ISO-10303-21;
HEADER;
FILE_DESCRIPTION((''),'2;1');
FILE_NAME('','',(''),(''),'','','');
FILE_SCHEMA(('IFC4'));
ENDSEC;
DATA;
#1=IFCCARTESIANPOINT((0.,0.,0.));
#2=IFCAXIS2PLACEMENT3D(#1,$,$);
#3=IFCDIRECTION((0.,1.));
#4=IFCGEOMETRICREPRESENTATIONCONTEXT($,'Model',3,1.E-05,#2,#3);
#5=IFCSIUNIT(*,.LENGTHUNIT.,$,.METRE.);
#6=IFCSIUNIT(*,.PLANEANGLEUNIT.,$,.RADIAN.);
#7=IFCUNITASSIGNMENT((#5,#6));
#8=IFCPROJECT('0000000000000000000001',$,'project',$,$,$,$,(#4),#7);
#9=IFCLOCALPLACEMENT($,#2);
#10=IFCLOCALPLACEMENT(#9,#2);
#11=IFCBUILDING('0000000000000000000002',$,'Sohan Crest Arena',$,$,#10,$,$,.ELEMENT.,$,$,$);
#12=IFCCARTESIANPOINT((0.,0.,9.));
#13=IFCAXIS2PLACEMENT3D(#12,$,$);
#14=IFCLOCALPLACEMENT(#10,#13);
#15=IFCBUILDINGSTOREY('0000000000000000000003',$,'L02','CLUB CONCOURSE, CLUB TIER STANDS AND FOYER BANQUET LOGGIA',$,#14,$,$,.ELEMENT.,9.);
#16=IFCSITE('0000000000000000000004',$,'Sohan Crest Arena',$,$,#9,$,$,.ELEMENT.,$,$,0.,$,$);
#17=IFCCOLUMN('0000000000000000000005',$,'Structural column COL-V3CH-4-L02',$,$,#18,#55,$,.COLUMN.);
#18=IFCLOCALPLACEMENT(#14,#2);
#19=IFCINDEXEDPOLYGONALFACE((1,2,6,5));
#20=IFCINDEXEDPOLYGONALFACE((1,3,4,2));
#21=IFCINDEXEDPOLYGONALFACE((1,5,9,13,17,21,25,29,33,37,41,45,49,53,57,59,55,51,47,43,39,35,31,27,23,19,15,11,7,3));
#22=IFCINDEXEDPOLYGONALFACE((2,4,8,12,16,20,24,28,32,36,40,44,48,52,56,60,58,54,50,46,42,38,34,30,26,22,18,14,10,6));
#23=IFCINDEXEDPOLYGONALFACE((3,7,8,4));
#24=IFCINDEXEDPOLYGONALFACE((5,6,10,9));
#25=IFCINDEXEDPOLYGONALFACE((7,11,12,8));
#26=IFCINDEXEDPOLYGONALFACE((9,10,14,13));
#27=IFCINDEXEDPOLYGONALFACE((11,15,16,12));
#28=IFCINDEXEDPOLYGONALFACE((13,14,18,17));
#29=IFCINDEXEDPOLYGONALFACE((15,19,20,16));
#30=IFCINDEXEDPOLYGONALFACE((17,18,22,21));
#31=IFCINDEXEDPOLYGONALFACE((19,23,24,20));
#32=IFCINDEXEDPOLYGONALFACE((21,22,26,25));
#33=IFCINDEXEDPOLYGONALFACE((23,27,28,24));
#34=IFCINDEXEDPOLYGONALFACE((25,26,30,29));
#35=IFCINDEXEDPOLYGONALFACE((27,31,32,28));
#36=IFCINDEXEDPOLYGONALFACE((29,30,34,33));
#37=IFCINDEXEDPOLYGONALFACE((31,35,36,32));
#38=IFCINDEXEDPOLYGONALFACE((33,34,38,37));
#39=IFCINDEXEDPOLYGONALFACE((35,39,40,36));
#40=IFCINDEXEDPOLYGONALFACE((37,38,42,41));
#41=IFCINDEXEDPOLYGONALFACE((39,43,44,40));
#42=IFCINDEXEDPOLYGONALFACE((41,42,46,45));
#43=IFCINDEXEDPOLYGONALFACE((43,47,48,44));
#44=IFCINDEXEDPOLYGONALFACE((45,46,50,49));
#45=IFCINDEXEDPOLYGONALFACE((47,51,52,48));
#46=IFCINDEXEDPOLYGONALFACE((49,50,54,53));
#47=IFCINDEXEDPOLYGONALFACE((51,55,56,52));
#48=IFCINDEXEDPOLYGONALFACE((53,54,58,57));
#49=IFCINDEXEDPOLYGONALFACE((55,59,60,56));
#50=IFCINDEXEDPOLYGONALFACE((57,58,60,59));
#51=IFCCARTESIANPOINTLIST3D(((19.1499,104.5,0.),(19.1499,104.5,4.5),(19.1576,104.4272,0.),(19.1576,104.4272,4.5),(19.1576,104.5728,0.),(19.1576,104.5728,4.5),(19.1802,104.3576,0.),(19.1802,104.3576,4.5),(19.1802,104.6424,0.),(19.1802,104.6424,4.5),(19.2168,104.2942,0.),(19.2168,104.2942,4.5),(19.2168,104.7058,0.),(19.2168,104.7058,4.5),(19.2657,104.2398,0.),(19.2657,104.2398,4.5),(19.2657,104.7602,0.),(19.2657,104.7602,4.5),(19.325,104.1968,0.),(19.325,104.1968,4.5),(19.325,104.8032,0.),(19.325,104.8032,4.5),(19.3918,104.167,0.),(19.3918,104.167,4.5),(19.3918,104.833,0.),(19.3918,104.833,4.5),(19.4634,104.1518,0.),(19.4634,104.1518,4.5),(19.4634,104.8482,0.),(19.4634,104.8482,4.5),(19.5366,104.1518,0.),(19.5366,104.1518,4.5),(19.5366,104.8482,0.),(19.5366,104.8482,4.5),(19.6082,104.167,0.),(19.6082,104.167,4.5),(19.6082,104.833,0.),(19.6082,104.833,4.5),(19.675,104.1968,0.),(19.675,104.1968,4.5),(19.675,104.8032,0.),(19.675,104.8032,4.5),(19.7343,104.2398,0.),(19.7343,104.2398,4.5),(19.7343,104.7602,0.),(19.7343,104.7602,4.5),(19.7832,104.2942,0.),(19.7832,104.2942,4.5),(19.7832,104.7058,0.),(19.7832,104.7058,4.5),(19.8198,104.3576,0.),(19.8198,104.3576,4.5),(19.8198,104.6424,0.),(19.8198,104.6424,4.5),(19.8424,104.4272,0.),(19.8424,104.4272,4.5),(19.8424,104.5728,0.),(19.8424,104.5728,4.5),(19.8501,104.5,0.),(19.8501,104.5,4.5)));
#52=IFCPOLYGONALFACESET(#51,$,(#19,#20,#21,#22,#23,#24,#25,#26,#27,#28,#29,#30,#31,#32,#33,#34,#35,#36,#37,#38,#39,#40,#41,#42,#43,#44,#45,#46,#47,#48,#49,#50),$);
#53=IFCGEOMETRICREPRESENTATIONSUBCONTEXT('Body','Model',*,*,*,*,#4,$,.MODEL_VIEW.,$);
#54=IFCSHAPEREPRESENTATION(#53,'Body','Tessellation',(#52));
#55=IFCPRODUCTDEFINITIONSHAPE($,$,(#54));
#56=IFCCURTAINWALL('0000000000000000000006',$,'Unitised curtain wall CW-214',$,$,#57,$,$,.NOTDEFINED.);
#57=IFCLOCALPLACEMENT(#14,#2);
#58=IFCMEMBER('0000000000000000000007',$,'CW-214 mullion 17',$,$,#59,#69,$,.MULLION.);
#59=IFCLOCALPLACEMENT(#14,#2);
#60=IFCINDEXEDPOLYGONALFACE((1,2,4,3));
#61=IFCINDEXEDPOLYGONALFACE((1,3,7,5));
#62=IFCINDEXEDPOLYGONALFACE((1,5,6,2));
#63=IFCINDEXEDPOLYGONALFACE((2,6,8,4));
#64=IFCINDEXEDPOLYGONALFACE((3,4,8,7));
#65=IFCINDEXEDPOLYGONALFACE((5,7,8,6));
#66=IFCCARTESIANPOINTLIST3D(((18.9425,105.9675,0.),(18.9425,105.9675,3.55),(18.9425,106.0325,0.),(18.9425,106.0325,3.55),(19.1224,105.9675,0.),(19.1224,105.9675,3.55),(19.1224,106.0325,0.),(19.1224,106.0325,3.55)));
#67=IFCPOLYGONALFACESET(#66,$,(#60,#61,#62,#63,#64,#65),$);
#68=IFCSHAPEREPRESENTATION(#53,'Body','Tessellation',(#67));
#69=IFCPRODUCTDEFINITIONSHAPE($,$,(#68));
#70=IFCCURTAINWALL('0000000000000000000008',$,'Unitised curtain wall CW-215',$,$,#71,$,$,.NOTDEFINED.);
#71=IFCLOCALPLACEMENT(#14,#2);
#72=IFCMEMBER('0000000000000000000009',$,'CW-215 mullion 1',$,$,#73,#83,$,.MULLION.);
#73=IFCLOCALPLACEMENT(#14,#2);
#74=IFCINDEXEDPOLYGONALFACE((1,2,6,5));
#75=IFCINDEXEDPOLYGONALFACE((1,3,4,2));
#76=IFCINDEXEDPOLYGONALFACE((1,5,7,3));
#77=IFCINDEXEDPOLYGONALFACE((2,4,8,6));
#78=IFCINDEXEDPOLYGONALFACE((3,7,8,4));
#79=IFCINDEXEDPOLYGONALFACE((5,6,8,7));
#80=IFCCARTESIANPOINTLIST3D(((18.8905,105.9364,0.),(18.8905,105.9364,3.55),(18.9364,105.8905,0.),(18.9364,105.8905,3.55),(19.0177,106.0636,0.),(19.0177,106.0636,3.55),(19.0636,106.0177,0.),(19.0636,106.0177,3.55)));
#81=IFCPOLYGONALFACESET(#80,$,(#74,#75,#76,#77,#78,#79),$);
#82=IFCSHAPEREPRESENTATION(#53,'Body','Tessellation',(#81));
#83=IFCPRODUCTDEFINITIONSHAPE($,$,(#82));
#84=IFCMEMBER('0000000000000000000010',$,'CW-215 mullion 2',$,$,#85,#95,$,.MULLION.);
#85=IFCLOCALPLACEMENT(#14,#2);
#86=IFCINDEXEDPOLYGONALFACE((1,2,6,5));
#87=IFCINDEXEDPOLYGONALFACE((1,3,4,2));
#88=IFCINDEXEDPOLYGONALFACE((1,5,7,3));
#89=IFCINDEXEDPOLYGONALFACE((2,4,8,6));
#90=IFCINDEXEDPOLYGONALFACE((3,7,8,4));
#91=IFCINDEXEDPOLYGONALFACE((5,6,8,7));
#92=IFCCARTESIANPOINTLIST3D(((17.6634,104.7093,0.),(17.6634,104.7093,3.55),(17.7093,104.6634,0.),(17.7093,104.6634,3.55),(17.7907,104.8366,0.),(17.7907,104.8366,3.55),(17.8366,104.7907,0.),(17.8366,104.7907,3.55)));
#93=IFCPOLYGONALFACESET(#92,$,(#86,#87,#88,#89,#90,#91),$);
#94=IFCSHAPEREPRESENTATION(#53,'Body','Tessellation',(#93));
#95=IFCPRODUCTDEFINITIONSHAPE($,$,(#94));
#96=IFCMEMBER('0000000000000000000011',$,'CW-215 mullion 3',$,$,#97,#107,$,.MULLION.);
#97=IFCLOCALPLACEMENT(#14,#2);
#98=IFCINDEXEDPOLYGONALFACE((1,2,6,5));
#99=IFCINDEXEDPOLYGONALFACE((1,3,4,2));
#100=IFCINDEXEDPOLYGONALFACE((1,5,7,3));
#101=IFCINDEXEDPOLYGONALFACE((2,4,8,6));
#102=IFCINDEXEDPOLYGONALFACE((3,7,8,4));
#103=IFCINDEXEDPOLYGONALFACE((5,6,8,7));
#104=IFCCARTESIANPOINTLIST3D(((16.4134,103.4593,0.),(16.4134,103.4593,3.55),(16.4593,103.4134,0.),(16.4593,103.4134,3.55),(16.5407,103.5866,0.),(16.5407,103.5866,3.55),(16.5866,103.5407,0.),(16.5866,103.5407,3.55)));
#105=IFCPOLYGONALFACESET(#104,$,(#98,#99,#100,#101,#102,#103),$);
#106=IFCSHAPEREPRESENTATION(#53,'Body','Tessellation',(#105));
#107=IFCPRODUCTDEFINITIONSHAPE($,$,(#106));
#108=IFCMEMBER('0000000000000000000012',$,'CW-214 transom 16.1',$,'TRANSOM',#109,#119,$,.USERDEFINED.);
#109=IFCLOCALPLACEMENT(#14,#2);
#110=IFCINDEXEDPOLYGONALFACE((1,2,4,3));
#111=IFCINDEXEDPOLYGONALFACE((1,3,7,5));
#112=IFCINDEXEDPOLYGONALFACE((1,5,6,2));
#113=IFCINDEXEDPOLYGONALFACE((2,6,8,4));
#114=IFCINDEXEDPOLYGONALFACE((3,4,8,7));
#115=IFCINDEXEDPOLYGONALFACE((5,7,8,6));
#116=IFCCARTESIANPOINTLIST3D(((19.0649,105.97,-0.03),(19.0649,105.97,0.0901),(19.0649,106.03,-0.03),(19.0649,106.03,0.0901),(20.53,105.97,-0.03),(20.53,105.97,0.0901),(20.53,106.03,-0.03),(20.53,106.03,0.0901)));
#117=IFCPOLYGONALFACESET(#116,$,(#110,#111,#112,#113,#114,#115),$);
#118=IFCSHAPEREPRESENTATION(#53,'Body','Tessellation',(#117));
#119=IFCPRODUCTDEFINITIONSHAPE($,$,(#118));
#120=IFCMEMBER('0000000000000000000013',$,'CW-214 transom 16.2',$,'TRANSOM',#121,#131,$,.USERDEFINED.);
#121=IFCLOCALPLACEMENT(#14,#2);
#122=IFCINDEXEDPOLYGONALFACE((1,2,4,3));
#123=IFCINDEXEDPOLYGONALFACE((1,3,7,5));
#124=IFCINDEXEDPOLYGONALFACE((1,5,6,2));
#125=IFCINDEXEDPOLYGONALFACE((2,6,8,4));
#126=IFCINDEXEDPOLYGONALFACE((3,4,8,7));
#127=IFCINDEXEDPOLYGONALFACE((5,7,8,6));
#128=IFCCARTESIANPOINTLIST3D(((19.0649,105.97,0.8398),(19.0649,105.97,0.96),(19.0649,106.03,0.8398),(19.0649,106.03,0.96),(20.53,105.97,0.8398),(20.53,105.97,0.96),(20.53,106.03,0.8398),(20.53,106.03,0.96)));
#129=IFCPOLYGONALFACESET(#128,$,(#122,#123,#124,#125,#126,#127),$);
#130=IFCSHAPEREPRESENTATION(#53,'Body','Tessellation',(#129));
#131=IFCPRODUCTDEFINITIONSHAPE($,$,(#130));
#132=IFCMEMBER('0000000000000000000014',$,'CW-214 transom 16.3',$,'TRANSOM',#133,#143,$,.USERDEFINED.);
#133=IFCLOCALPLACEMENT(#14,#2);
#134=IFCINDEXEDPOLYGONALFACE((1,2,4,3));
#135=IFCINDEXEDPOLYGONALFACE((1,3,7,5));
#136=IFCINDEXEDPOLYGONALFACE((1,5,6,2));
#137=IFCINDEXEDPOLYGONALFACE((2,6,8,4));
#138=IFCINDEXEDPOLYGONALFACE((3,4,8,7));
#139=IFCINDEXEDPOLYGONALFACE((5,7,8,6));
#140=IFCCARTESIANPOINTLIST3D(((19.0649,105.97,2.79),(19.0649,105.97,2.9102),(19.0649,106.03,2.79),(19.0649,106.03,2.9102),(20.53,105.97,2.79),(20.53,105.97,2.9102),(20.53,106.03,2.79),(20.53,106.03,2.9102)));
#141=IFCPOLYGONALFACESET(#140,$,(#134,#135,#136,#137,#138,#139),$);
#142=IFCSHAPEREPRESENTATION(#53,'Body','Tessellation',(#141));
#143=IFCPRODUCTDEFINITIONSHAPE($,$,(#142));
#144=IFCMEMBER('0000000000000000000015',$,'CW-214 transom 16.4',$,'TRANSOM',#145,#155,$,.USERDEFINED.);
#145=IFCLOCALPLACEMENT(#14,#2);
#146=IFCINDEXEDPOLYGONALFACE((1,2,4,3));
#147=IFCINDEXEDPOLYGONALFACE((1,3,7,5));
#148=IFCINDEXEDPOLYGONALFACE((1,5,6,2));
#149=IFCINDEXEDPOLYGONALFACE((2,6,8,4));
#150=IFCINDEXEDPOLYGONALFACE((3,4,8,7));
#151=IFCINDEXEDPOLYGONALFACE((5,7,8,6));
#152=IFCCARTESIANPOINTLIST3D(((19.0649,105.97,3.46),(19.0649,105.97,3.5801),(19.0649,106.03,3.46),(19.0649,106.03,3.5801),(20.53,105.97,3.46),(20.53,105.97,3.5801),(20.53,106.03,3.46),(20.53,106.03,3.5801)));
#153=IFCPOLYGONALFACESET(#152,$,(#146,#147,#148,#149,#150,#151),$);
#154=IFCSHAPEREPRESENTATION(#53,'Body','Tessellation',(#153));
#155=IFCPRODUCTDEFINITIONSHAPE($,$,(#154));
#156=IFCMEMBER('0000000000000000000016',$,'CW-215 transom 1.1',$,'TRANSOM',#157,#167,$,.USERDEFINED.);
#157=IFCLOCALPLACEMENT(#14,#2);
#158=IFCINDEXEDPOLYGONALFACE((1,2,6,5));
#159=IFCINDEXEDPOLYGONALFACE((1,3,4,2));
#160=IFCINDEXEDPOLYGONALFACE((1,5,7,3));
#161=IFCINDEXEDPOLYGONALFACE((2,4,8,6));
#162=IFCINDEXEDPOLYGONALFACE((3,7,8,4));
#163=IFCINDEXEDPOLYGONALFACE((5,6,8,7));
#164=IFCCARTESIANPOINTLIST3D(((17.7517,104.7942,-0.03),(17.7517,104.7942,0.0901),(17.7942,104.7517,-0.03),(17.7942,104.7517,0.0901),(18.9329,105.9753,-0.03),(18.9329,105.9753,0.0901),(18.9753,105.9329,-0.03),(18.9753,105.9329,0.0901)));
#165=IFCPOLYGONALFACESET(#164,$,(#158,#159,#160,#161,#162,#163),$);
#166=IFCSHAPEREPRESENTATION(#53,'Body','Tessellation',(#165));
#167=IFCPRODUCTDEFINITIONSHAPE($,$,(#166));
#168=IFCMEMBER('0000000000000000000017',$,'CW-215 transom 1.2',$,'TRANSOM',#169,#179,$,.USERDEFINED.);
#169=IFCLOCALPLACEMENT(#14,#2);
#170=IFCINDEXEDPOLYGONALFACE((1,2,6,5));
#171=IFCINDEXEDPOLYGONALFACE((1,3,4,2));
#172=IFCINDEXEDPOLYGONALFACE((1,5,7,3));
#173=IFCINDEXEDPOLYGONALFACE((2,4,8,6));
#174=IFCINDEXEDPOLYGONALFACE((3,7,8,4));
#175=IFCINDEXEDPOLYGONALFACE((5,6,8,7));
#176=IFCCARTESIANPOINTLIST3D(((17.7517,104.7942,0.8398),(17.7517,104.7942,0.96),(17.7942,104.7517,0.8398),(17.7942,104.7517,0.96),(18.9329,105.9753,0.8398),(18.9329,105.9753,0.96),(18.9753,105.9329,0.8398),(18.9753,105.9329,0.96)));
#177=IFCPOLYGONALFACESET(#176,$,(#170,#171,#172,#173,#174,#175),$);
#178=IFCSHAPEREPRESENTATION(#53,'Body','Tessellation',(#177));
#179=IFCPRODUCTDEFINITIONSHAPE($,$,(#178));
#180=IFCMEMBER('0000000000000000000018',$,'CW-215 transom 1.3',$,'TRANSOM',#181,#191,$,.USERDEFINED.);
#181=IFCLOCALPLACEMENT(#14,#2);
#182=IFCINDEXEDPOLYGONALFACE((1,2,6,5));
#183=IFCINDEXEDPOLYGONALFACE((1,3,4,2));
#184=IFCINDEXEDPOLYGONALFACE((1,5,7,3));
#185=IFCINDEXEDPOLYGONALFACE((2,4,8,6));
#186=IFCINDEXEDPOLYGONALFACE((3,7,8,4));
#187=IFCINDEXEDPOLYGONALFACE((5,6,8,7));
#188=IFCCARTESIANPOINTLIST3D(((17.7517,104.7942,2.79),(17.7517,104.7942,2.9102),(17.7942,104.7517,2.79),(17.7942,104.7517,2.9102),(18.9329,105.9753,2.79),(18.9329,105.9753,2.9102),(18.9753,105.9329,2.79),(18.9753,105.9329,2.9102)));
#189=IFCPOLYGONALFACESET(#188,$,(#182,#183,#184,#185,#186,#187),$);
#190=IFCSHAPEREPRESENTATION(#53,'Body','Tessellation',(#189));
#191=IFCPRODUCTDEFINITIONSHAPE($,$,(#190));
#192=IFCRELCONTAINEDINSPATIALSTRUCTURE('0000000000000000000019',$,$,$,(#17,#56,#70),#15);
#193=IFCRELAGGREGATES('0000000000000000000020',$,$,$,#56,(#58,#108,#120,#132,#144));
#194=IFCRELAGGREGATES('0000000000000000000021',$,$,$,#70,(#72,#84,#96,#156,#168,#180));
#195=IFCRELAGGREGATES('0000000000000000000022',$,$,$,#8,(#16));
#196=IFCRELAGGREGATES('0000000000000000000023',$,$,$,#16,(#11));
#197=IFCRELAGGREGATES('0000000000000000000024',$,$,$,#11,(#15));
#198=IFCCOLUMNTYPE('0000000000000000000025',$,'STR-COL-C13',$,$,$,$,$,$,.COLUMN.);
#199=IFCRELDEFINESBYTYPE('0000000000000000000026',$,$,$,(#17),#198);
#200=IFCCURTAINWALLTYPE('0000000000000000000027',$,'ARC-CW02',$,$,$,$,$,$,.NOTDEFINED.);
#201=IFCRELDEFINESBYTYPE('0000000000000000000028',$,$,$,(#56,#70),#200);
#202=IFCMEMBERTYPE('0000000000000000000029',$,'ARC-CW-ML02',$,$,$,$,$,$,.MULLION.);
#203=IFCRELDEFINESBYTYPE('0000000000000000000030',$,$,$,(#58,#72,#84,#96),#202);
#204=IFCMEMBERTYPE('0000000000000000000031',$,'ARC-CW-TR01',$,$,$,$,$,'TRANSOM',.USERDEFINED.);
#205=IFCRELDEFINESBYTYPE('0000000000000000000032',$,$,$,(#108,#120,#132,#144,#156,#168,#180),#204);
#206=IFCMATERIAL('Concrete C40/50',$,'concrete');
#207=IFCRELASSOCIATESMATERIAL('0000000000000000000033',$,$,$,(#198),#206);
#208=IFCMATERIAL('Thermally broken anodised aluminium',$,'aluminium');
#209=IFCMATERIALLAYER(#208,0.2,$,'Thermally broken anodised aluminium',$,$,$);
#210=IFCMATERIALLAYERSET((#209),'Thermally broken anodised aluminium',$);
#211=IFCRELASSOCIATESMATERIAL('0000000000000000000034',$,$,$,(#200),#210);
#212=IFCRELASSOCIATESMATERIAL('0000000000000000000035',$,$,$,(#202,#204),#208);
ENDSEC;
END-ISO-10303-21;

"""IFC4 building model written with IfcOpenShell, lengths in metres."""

from ifc_helpers import new_model, si_unit, direction, frame, origin, origin_2d, place, context, subcontext, project, spatial, rectangle, circle, extrude, material, layer, layer_set, material_profile, profile_set, type_object, element, aggregate, save


model = new_model("IFC4")

# Units and contexts
model_context = context("Model", 3, precision=1e-05, world=origin(), true_north=direction((0.0, 1.0)))
body_context = subcontext(model_context, "Body", "Model", "MODEL_VIEW")
ifc_project = project(units=[si_unit("LENGTHUNIT", "METRE"), si_unit("PLANEANGLEUNIT", "RADIAN")], contexts=[model_context])

# Site, building, storey
site_placement = place(None, origin())
site = spatial("IfcSite", under=ifc_project, at=site_placement, Name="Sohan Crest Arena", CompositionType="ELEMENT", RefElevation=0.0)
building_placement = place(site_placement, origin())
building = spatial("IfcBuilding", under=site, at=building_placement, Name="Sohan Crest Arena", CompositionType="ELEMENT")
storey_placement = place(building_placement, frame((0.0, 0.0, 9.0)))
storey = spatial("IfcBuildingStorey", under=building, at=storey_placement, Name="L02", Description="CLUB CONCOURSE, CLUB TIER STANDS AND FOYER BANQUET LOGGIA", CompositionType="ELEMENT", Elevation=9.0)

# Column
ifc_material_1 = material(Name="Concrete C40/50", Category="concrete")
ifc_material_profile_1 = material_profile(ifc_material_1, circle(Radius=0.3501, at=origin_2d()), Name="RC D700")
ifc_profile_set_1 = profile_set([ifc_material_profile_1], Name="Concrete C40/50")
column_type = type_object("IfcColumnType", Name="STR-COL-C13", PredefinedType="COLUMN", material=ifc_profile_set_1)
column_placement = place(storey_placement, frame((19.5, 104.5, 0.0), z_axis=(0.0, 0.0, 1.0), x_axis=(1.0, 0.0, 0.0)))
element("IfcColumn", 1, at=column_placement, inside=storey, type_object=column_type, Name="Structural column COL-V3CH-4-L02", PredefinedType="COLUMN", context=body_context, shape_type="SweptSolid", body=[
    extrude(circle(Radius=0.3501, at=origin_2d()), origin(), (0.0, 0.0, 1.0), 4.5),
])

# Curtain wall, member
ifc_material_2 = material(Name="Thermally broken anodised aluminium", Category="aluminium")
ifc_layer_1 = layer(ifc_material_2, 0.2, Name="Thermally broken anodised aluminium")
ifc_layer_set_1 = layer_set([ifc_layer_1], Name="Thermally broken anodised aluminium")
curtain_wall_type = type_object("IfcCurtainWallType", Name="ARC-CW02", PredefinedType="NOTDEFINED", material=ifc_layer_set_1)
curtain_wall_1_placement = place(storey_placement, origin())
curtain_wall_1 = element("IfcCurtainWall", 2, at=curtain_wall_1_placement, inside=storey, type_object=curtain_wall_type, Name="Unitised curtain wall CW-214", PredefinedType="NOTDEFINED")
ifc_material_profile_2 = material_profile(ifc_material_2, rectangle(XDim=0.0649, YDim=0.1799, at=origin_2d()), Name="ALU-MULL 65x180")
ifc_profile_set_2 = profile_set([ifc_material_profile_2], Name="Thermally broken anodised aluminium")
member_type_1 = type_object("IfcMemberType", Name="ARC-CW-ML02", PredefinedType="MULLION", material=ifc_profile_set_2)
member_1_placement = place(storey_placement, frame((19.0325, 106.0, 0.0), z_axis=(0.0, 0.0, 1.0), x_axis=(0.0, -1.0, 0.0)))
member_1 = element("IfcMember", 3, at=member_1_placement, type_object=member_type_1, Name="CW-214 mullion 17", PredefinedType="MULLION", context=body_context, shape_type="SweptSolid", body=[
    extrude(rectangle(XDim=0.0649, YDim=0.1799, at=origin_2d()), origin(), (0.0, 0.0, 1.0), 3.55),
])

# Curtain wall, members
curtain_wall_2_placement = place(storey_placement, origin())
curtain_wall_2 = element("IfcCurtainWall", 4, at=curtain_wall_2_placement, inside=storey, type_object=curtain_wall_type, Name="Unitised curtain wall CW-215", PredefinedType="NOTDEFINED")
member_2_placement = place(storey_placement, frame((18.9771, 105.9771, 0.0), z_axis=(0.0, 0.0, 1.0), x_axis=(0.707107, -0.707107, 0.0)))
member_2 = element("IfcMember", 5, at=member_2_placement, type_object=member_type_1, Name="CW-215 mullion 1", PredefinedType="MULLION", context=body_context, shape_type="SweptSolid", body=[
    extrude(rectangle(XDim=0.0649, YDim=0.1799, at=origin_2d()), origin(), (0.0, 0.0, 1.0), 3.55),
])
member_3_placement = place(storey_placement, frame((17.75, 104.75, 0.0), z_axis=(0.0, 0.0, 1.0), x_axis=(0.707107, -0.707107, 0.0)))
member_3 = element("IfcMember", 6, at=member_3_placement, type_object=member_type_1, Name="CW-215 mullion 2", PredefinedType="MULLION", context=body_context, shape_type="SweptSolid", body=[
    extrude(rectangle(XDim=0.0649, YDim=0.1799, at=origin_2d()), origin(), (0.0, 0.0, 1.0), 3.55),
])
member_4_placement = place(storey_placement, frame((16.5, 103.5, 0.0), z_axis=(0.0, 0.0, 1.0), x_axis=(0.707107, -0.707107, 0.0)))
member_4 = element("IfcMember", 7, at=member_4_placement, type_object=member_type_1, Name="CW-215 mullion 3", PredefinedType="MULLION", context=body_context, shape_type="SweptSolid", body=[
    extrude(rectangle(XDim=0.0649, YDim=0.1799, at=origin_2d()), origin(), (0.0, 0.0, 1.0), 3.55),
])

# Members
ifc_material_profile_3 = material_profile(ifc_material_2, rectangle(XDim=0.0601, YDim=0.1201, at=origin_2d()), Name="ALU-TRAN 60x120")
ifc_profile_set_3 = profile_set([ifc_material_profile_3], Name="Thermally broken anodised aluminium")
member_type_2 = type_object("IfcMemberType", Name="ARC-CW-TR01", ElementType="TRANSOM", PredefinedType="USERDEFINED", material=ifc_profile_set_3)
member_5_placement = place(storey_placement, frame((20.53, 106.0, 0.03), z_axis=(-1.0, 0.0, 0.0), x_axis=(0.0, -1.0, 0.0)))
member_5 = element("IfcMember", 8, at=member_5_placement, type_object=member_type_2, Name="CW-214 transom 16.1", ObjectType="TRANSOM", PredefinedType="USERDEFINED", context=body_context, shape_type="SweptSolid", body=[
    extrude(rectangle(XDim=0.0601, YDim=0.1201, at=origin_2d()), origin(), (0.0, 0.0, 1.0), 1.4651),
])
member_6_placement = place(storey_placement, frame((20.53, 106.0, 0.8999), z_axis=(-1.0, 0.0, 0.0), x_axis=(0.0, -1.0, 0.0)))
member_6 = element("IfcMember", 9, at=member_6_placement, type_object=member_type_2, Name="CW-214 transom 16.2", ObjectType="TRANSOM", PredefinedType="USERDEFINED", context=body_context, shape_type="SweptSolid", body=[
    extrude(rectangle(XDim=0.0601, YDim=0.1201, at=origin_2d()), origin(), (0.0, 0.0, 1.0), 1.4651),
])
member_7_placement = place(storey_placement, frame((20.53, 106.0, 2.8501), z_axis=(-1.0, 0.0, 0.0), x_axis=(0.0, -1.0, 0.0)))
member_7 = element("IfcMember", 10, at=member_7_placement, type_object=member_type_2, Name="CW-214 transom 16.3", ObjectType="TRANSOM", PredefinedType="USERDEFINED", context=body_context, shape_type="SweptSolid", body=[
    extrude(rectangle(XDim=0.0601, YDim=0.1201, at=origin_2d()), origin(), (0.0, 0.0, 1.0), 1.4651),
])
member_8_placement = place(storey_placement, frame((20.53, 106.0, 3.52), z_axis=(-1.0, 0.0, 0.0), x_axis=(0.0, -1.0, 0.0)))
member_8 = element("IfcMember", 11, at=member_8_placement, type_object=member_type_2, Name="CW-214 transom 16.4", ObjectType="TRANSOM", PredefinedType="USERDEFINED", context=body_context, shape_type="SweptSolid", body=[
    extrude(rectangle(XDim=0.0601, YDim=0.1201, at=origin_2d()), origin(), (0.0, 0.0, 1.0), 1.4651),
])
member_9_placement = place(storey_placement, frame((18.9541, 105.9541, 0.03), z_axis=(-0.707107, -0.707107, 0.0), x_axis=(0.707107, -0.707107, 0.0)))
member_9 = element("IfcMember", 12, at=member_9_placement, type_object=member_type_2, Name="CW-215 transom 1.1", ObjectType="TRANSOM", PredefinedType="USERDEFINED", context=body_context, shape_type="SweptSolid", body=[
    extrude(rectangle(XDim=0.0601, YDim=0.1201, at=origin_2d()), origin(), (0.0, 0.0, 1.0), 1.6704),
])
member_10_placement = place(storey_placement, frame((18.9541, 105.9541, 0.8999), z_axis=(-0.707107, -0.707107, 0.0), x_axis=(0.707107, -0.707107, 0.0)))
member_10 = element("IfcMember", 13, at=member_10_placement, type_object=member_type_2, Name="CW-215 transom 1.2", ObjectType="TRANSOM", PredefinedType="USERDEFINED", context=body_context, shape_type="SweptSolid", body=[
    extrude(rectangle(XDim=0.0601, YDim=0.1201, at=origin_2d()), origin(), (0.0, 0.0, 1.0), 1.6704),
])
member_11_placement = place(storey_placement, frame((18.9541, 105.9541, 2.8501), z_axis=(-0.707107, -0.707107, 0.0), x_axis=(0.707107, -0.707107, 0.0)))
member_11 = element("IfcMember", 14, at=member_11_placement, type_object=member_type_2, Name="CW-215 transom 1.3", ObjectType="TRANSOM", PredefinedType="USERDEFINED", context=body_context, shape_type="SweptSolid", body=[
    extrude(rectangle(XDim=0.0601, YDim=0.1201, at=origin_2d()), origin(), (0.0, 0.0, 1.0), 1.6704),
])

aggregate(curtain_wall_1, [member_1, member_5, member_6, member_7, member_8])
aggregate(curtain_wall_2, [member_2, member_3, member_4, member_9, member_10, member_11])

save(model, "model.ifc")
